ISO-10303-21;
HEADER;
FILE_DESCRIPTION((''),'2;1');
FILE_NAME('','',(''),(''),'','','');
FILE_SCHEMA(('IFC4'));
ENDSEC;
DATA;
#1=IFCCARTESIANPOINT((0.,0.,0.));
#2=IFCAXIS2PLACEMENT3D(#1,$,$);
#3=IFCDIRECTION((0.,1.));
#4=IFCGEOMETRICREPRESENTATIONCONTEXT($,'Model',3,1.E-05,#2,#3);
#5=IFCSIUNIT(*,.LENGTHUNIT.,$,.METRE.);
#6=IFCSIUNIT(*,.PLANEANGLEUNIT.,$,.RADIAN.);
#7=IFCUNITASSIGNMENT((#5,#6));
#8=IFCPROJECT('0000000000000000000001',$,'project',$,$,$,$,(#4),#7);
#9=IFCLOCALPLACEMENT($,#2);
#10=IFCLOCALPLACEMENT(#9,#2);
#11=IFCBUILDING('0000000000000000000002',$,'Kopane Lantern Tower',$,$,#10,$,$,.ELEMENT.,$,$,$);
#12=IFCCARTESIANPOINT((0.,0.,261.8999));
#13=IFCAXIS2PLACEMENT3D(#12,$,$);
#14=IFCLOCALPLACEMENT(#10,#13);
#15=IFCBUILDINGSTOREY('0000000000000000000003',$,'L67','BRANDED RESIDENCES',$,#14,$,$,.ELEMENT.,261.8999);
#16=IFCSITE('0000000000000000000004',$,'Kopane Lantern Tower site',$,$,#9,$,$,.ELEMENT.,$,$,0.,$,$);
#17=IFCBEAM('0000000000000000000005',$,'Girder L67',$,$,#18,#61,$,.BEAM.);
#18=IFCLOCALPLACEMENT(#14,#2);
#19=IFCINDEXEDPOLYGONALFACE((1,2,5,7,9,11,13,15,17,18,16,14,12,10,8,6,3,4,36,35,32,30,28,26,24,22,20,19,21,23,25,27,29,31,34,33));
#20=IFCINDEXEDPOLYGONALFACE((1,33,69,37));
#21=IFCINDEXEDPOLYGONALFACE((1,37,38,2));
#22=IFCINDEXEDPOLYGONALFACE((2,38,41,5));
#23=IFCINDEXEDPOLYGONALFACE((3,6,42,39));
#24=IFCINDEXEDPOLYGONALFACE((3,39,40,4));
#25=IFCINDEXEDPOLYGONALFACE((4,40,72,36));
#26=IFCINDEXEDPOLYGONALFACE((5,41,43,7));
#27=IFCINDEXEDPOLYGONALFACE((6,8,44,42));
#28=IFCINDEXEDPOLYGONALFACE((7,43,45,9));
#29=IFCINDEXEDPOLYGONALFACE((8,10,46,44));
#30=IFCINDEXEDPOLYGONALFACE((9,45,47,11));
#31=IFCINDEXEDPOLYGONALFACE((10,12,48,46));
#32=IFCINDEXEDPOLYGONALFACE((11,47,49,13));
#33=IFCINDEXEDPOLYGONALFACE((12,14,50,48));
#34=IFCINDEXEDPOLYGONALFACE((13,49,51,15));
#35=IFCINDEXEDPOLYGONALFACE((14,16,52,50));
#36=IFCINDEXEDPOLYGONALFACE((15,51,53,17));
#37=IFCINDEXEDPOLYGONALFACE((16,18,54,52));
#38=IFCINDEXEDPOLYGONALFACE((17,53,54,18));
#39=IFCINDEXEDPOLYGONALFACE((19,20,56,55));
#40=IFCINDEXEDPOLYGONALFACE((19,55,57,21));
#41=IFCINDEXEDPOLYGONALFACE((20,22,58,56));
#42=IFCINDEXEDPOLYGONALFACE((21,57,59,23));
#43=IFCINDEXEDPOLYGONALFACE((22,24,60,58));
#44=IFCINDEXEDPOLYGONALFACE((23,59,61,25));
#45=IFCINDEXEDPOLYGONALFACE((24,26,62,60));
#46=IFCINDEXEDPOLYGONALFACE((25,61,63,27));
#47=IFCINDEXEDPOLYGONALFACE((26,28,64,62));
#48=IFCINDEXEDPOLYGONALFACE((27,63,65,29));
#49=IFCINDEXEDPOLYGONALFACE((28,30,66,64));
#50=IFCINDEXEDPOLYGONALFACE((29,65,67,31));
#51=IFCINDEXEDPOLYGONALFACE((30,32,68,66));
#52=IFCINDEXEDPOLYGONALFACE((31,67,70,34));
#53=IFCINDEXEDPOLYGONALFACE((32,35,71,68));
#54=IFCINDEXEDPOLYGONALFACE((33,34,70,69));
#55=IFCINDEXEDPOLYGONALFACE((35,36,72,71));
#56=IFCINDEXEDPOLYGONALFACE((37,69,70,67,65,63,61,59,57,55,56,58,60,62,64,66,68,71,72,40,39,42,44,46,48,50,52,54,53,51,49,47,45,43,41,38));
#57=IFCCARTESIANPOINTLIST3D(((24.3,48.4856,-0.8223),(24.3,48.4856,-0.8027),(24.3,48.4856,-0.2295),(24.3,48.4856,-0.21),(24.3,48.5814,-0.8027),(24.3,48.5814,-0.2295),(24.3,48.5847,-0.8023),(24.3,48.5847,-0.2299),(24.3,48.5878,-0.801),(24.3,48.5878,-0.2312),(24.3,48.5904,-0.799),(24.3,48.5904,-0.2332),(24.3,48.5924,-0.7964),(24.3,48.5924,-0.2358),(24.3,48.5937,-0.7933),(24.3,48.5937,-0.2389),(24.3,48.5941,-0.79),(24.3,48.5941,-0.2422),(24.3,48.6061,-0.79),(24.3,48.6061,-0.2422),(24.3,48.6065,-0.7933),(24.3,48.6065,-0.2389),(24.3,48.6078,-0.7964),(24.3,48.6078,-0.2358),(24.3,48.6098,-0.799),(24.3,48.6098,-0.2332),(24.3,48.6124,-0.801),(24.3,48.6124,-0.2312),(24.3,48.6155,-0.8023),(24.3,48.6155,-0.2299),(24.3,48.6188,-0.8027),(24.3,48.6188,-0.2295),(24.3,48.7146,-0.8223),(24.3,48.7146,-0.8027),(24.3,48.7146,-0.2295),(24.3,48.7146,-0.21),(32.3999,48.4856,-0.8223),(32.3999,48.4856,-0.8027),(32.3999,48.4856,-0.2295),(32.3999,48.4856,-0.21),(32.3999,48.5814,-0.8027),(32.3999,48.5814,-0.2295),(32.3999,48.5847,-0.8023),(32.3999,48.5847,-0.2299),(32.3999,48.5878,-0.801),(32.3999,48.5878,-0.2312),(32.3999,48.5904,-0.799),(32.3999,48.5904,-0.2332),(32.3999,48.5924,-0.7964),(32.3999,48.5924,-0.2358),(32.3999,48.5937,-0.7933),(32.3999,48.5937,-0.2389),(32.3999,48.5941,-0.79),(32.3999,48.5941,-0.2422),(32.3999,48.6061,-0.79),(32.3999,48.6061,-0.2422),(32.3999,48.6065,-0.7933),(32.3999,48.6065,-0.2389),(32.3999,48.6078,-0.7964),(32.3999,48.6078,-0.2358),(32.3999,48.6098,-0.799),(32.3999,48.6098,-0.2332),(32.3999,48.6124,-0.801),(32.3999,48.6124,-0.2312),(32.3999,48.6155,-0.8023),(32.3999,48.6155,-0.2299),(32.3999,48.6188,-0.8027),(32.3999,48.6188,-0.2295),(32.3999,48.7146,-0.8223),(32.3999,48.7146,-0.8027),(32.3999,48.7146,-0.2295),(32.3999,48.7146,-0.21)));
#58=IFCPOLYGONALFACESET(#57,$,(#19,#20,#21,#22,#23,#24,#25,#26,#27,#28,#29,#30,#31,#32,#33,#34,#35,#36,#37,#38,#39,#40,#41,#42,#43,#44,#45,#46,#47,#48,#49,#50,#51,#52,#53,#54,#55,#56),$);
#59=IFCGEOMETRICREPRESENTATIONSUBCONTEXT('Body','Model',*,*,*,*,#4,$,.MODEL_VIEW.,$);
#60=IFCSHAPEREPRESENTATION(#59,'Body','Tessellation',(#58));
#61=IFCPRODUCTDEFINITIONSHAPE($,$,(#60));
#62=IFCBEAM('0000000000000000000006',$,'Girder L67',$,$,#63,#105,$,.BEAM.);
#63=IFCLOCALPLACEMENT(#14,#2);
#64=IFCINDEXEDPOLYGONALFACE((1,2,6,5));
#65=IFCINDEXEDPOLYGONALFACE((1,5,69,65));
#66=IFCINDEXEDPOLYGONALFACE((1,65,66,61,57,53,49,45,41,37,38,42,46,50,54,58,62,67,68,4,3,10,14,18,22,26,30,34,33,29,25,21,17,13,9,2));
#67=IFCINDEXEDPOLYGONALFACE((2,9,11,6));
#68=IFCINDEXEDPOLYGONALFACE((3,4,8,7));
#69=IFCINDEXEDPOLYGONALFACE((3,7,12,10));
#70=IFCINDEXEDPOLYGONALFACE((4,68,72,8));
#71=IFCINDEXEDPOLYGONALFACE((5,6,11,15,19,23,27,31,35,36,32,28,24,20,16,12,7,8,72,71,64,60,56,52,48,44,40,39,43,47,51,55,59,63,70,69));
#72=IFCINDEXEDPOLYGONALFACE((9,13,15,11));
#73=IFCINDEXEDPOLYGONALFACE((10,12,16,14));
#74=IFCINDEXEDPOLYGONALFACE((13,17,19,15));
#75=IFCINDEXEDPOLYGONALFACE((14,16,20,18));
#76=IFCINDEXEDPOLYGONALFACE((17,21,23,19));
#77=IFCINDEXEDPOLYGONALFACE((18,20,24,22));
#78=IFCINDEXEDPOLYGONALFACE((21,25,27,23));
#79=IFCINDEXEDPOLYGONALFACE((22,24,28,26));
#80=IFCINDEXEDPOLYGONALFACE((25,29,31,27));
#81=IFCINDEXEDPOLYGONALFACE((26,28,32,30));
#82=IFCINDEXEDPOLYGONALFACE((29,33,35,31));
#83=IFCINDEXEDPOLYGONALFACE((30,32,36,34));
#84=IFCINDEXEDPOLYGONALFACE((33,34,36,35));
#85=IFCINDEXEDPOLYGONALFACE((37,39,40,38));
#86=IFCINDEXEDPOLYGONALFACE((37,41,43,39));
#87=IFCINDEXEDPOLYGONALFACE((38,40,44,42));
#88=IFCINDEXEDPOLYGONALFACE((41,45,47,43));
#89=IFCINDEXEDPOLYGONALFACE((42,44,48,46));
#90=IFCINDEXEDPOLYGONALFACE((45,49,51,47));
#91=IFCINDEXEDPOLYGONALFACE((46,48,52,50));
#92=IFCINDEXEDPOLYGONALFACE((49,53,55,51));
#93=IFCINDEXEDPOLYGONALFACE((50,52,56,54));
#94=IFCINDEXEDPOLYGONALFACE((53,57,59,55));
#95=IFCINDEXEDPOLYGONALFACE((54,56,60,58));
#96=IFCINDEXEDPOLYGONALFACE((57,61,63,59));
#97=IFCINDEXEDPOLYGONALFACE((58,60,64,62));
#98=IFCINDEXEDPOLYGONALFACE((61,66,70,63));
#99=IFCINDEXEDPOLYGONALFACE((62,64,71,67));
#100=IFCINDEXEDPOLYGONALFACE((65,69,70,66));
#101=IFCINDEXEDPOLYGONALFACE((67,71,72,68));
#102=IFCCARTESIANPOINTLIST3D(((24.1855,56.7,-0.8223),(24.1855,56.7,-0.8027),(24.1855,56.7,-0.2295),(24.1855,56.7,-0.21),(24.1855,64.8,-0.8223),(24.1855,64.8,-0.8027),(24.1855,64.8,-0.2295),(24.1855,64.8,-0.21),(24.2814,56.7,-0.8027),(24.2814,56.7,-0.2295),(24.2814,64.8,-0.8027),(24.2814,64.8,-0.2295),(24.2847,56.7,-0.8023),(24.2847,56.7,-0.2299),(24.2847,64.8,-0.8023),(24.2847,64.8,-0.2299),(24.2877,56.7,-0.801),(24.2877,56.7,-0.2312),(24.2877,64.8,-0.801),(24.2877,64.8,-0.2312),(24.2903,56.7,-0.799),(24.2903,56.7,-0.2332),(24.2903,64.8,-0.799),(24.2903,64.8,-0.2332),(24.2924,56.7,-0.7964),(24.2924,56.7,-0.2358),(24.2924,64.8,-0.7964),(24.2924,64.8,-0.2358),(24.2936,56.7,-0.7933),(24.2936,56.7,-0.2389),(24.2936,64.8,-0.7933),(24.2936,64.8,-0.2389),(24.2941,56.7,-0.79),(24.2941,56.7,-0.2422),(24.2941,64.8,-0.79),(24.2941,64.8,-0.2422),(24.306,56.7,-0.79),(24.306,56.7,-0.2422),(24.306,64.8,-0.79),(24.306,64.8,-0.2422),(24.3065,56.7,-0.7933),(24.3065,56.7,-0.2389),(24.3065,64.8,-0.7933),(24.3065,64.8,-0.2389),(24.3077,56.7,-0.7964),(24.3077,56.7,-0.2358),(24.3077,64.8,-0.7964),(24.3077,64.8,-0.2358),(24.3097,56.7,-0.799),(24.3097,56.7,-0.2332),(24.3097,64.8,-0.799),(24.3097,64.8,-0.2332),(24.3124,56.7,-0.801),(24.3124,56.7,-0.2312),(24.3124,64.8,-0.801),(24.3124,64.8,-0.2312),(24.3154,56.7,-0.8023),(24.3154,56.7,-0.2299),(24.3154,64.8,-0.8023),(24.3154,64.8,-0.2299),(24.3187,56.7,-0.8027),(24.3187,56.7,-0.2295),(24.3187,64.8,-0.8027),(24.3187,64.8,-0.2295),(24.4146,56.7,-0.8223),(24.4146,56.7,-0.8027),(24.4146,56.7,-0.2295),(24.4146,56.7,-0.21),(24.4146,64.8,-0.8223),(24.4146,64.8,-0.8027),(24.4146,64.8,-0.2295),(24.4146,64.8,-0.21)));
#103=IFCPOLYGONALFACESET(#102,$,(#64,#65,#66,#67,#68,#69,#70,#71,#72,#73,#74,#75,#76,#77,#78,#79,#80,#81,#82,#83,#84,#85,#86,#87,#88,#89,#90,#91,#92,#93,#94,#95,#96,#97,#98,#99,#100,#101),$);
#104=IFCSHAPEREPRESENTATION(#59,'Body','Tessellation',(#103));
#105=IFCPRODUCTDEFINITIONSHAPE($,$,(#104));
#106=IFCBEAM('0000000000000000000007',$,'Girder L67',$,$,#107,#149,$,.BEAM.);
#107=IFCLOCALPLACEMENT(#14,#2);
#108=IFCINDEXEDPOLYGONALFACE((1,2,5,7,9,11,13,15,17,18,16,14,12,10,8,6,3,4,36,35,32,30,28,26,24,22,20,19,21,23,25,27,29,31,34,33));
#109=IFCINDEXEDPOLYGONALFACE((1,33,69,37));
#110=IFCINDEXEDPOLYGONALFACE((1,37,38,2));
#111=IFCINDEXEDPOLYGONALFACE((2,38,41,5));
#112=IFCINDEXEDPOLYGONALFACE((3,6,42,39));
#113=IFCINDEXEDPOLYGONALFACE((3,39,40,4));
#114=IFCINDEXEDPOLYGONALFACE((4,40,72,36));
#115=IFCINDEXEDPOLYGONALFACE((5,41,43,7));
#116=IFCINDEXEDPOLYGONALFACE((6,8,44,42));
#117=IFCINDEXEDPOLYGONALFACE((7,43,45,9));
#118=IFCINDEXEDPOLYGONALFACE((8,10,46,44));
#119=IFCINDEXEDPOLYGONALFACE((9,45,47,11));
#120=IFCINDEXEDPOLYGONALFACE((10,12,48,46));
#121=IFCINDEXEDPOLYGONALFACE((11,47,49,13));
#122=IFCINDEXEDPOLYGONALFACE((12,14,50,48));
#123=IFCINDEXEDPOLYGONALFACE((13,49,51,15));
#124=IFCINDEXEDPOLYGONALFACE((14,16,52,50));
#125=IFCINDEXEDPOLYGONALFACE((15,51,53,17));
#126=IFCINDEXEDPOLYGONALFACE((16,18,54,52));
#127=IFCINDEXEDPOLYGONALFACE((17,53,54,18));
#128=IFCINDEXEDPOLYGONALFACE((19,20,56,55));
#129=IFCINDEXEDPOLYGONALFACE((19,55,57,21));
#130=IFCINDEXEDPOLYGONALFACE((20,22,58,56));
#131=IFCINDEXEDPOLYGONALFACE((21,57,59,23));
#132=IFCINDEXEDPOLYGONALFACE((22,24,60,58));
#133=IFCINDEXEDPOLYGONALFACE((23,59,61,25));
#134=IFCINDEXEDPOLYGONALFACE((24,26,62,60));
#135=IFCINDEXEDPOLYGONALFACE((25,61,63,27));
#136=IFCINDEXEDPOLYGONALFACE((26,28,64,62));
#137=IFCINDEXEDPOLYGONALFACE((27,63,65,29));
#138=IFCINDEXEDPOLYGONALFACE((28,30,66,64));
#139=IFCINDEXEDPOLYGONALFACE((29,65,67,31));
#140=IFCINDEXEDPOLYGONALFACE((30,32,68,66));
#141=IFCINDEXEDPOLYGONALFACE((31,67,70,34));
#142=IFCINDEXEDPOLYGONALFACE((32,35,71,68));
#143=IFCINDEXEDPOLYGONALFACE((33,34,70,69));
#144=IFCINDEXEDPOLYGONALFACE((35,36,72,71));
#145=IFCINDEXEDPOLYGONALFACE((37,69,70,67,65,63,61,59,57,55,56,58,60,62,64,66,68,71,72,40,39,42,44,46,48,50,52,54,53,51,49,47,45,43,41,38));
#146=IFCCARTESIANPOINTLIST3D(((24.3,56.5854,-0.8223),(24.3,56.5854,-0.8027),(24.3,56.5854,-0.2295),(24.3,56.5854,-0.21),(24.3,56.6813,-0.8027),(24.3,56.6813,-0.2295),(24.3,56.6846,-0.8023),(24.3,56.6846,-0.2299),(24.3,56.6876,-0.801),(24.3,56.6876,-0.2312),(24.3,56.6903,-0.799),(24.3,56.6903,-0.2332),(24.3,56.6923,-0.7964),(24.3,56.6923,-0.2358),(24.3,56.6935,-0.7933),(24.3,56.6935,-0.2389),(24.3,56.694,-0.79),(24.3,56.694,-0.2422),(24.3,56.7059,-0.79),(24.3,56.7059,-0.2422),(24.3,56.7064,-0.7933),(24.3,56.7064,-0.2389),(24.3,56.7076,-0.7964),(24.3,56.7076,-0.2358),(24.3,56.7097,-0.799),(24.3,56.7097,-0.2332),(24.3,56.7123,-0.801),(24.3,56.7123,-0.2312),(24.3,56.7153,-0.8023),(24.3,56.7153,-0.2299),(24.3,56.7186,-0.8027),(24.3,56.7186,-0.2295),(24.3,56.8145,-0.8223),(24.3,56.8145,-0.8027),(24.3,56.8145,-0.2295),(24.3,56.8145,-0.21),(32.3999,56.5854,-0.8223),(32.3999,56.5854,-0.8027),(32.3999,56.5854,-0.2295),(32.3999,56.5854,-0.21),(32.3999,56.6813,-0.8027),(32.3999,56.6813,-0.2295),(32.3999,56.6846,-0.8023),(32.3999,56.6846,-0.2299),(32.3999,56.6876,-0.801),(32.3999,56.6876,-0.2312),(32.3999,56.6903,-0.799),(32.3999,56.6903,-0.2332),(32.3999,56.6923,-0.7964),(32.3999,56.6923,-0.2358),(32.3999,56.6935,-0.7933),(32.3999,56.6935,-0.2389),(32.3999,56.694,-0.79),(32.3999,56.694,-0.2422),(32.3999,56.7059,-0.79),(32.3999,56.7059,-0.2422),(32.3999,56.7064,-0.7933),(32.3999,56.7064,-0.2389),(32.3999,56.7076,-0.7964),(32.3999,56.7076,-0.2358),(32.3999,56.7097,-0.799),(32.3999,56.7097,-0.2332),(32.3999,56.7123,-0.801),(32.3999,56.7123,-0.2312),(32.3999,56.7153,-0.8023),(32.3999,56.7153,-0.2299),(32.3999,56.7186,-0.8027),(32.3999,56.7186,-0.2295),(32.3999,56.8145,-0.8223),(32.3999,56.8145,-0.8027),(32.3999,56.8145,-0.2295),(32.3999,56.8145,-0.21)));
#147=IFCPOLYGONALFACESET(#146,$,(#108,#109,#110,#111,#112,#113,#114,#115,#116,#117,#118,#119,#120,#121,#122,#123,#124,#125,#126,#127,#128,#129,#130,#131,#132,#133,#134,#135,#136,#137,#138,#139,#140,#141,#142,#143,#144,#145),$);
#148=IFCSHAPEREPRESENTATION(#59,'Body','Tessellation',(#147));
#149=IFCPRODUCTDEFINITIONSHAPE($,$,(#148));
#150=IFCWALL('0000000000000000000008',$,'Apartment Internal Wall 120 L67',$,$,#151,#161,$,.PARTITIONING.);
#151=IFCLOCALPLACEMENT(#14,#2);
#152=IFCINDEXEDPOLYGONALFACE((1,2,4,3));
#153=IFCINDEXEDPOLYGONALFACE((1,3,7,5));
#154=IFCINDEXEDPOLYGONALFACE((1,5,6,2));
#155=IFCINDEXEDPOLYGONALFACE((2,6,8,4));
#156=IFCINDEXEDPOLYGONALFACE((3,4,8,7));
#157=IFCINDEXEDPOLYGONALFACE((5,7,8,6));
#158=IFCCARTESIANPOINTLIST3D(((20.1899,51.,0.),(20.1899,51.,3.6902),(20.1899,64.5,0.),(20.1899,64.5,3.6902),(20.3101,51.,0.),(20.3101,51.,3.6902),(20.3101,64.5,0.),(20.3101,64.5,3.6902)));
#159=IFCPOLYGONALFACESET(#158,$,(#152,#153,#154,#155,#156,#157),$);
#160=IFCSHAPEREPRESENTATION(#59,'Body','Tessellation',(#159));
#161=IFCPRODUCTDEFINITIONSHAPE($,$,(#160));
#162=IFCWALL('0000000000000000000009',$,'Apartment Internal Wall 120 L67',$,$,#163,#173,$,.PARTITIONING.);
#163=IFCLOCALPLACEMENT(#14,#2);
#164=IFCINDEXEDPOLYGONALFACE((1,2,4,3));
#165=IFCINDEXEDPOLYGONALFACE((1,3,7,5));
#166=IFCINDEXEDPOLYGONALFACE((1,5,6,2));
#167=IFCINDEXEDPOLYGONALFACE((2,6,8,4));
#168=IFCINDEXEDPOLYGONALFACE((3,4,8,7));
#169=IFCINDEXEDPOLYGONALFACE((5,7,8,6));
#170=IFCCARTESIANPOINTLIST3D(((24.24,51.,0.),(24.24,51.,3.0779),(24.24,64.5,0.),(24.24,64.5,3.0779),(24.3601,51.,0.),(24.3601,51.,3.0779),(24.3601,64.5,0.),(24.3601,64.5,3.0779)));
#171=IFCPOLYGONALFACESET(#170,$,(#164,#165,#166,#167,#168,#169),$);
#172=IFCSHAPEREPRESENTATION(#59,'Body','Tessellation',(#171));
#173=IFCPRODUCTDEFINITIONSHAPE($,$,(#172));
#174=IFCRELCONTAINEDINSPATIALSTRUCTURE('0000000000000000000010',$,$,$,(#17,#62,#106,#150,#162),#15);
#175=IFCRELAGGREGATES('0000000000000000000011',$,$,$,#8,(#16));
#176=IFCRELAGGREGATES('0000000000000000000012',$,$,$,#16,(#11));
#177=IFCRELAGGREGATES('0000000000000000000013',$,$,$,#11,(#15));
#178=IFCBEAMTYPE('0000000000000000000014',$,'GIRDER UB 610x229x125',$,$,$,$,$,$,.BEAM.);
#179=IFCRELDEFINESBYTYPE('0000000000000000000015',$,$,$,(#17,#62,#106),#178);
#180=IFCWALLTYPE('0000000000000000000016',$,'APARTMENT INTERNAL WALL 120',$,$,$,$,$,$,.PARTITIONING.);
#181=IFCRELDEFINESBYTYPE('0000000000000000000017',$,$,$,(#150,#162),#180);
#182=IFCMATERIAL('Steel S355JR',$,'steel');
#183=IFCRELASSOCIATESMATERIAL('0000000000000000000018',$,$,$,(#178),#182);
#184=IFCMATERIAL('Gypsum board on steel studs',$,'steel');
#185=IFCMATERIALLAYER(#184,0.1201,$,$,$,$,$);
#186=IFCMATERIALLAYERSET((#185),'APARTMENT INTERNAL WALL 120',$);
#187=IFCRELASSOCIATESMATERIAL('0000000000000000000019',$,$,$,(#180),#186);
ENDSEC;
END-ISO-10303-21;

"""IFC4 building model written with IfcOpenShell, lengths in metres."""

from ifc_helpers import new_model, si_unit, direction, frame, frame_2d, origin, origin_2d, place, context, subcontext, project, spatial, rectangle, i_section, extrude, material, layer, layer_set, material_profile, profile_set, type_object, element, save


model = new_model("IFC4")

# Units and contexts
model_context = context("Model", 3, precision=1e-05, world=origin(), true_north=direction((0.0, 1.0)))
body_context = subcontext(model_context, "Body", "Model", "MODEL_VIEW")
ifc_project = project(units=[si_unit("LENGTHUNIT", "METRE"), si_unit("PLANEANGLEUNIT", "RADIAN")], contexts=[model_context])

# Site, building, storey
site_placement = place(None, origin())
site = spatial("IfcSite", under=ifc_project, at=site_placement, Name="Kopane Lantern Tower site", CompositionType="ELEMENT", RefElevation=0.0)
building_placement = place(site_placement, origin())
building = spatial("IfcBuilding", under=site, at=building_placement, Name="Kopane Lantern Tower", CompositionType="ELEMENT")
storey_placement = place(building_placement, frame((0.0, 0.0, 261.8999)))
storey = spatial("IfcBuildingStorey", under=building, at=storey_placement, Name="L67", Description="BRANDED RESIDENCES", CompositionType="ELEMENT", Elevation=261.8999)

# Beams
ifc_material_1 = material(Name="Steel S355JR", Category="steel")
ifc_material_profile_1 = material_profile(ifc_material_1, i_section(OverallWidth=0.229, OverallDepth=0.6123, WebThickness=0.012, FlangeThickness=0.0195, FilletRadius=0.0127, at=origin_2d()), Name="UB 610x229x125")
ifc_profile_set_1 = profile_set([ifc_material_profile_1], Name="Steel S355JR")
beam_type = type_object("IfcBeamType", Name="GIRDER UB 610x229x125", PredefinedType="BEAM", material=ifc_profile_set_1)
for number, where, z_axis, x_axis, name in (
    (1, (24.3, 48.6001, -0.5161), (1.0, 0.0, 0.0), (0.0, 1.0, 0.0), "Girder L67"),
):
    element("IfcBeam", number, at=place(storey_placement, frame(where, z_axis=z_axis, x_axis=x_axis)), inside=storey, type_object=beam_type, Name=name, PredefinedType="BEAM", context=body_context, shape_type="SweptSolid", body=[
        extrude(i_section(OverallWidth=0.229, OverallDepth=0.6123, WebThickness=0.012, FlangeThickness=0.0195, FilletRadius=0.0127, at=origin_2d()), origin(), (0.0, 0.0, 1.0), 8.0999),
    ])
beam_1_placement = place(storey_placement, frame((24.3, 56.7, -0.5161), z_axis=(0.0, 1.0, 0.0), x_axis=(-1.0, 0.0, 0.0)))
element("IfcBeam", 2, at=beam_1_placement, inside=storey, type_object=beam_type, Name="Girder L67", PredefinedType="BEAM", context=body_context, shape_type="SweptSolid", body=[
    extrude(i_section(OverallWidth=0.229, OverallDepth=0.6123, WebThickness=0.012, FlangeThickness=0.0195, FilletRadius=0.0127, at=origin_2d()), origin(), (0.0, 0.0, 1.0), 8.1001),
])
beam_2_placement = place(storey_placement, frame((24.3, 56.7, -0.5161), z_axis=(1.0, 0.0, 0.0), x_axis=(0.0, 1.0, 0.0)))
element("IfcBeam", 3, at=beam_2_placement, inside=storey, type_object=beam_type, Name="Girder L67", PredefinedType="BEAM", context=body_context, shape_type="SweptSolid", body=[
    extrude(i_section(OverallWidth=0.229, OverallDepth=0.6123, WebThickness=0.012, FlangeThickness=0.0195, FilletRadius=0.0127, at=origin_2d()), origin(), (0.0, 0.0, 1.0), 8.0999),
])

# Walls
ifc_material_2 = material(Name="Gypsum board on steel studs", Category="steel")
ifc_layer_1 = layer(ifc_material_2, 0.1201)
ifc_layer_set_1 = layer_set([ifc_layer_1], Name="APARTMENT INTERNAL WALL 120")
wall_type_1 = type_object("IfcWallType", Name="APARTMENT INTERNAL WALL 120", PredefinedType="PARTITIONING", material=ifc_layer_set_1)
wall_1_placement = place(storey_placement, frame((20.25, 51.0, 0.0), z_axis=(0.0, 0.0, 1.0), x_axis=(0.0, 1.0, 0.0)))
element("IfcWall", 4, at=wall_1_placement, inside=storey, type_object=wall_type_1, Name="Apartment Internal Wall 120 L67", PredefinedType="PARTITIONING", context=body_context, shape_type="SweptSolid", body=[
    extrude(rectangle(XDim=13.5, YDim=0.1201, at=frame_2d((6.75, 0.0))), origin(), (0.0, 0.0, 1.0), 3.6902),
])
wall_2_placement = place(storey_placement, frame((24.3, 51.0, 0.0), z_axis=(0.0, 0.0, 1.0), x_axis=(0.0, 1.0, 0.0)))
element("IfcWall", 5, at=wall_2_placement, inside=storey, type_object=wall_type_1, Name="Apartment Internal Wall 120 L67", PredefinedType="PARTITIONING", context=body_context, shape_type="SweptSolid", body=[
    extrude(rectangle(XDim=13.5, YDim=0.1201, at=frame_2d((6.75, 0.0))), origin(), (0.0, 0.0, 1.0), 3.0779),
])

save(model, "model.ifc")
